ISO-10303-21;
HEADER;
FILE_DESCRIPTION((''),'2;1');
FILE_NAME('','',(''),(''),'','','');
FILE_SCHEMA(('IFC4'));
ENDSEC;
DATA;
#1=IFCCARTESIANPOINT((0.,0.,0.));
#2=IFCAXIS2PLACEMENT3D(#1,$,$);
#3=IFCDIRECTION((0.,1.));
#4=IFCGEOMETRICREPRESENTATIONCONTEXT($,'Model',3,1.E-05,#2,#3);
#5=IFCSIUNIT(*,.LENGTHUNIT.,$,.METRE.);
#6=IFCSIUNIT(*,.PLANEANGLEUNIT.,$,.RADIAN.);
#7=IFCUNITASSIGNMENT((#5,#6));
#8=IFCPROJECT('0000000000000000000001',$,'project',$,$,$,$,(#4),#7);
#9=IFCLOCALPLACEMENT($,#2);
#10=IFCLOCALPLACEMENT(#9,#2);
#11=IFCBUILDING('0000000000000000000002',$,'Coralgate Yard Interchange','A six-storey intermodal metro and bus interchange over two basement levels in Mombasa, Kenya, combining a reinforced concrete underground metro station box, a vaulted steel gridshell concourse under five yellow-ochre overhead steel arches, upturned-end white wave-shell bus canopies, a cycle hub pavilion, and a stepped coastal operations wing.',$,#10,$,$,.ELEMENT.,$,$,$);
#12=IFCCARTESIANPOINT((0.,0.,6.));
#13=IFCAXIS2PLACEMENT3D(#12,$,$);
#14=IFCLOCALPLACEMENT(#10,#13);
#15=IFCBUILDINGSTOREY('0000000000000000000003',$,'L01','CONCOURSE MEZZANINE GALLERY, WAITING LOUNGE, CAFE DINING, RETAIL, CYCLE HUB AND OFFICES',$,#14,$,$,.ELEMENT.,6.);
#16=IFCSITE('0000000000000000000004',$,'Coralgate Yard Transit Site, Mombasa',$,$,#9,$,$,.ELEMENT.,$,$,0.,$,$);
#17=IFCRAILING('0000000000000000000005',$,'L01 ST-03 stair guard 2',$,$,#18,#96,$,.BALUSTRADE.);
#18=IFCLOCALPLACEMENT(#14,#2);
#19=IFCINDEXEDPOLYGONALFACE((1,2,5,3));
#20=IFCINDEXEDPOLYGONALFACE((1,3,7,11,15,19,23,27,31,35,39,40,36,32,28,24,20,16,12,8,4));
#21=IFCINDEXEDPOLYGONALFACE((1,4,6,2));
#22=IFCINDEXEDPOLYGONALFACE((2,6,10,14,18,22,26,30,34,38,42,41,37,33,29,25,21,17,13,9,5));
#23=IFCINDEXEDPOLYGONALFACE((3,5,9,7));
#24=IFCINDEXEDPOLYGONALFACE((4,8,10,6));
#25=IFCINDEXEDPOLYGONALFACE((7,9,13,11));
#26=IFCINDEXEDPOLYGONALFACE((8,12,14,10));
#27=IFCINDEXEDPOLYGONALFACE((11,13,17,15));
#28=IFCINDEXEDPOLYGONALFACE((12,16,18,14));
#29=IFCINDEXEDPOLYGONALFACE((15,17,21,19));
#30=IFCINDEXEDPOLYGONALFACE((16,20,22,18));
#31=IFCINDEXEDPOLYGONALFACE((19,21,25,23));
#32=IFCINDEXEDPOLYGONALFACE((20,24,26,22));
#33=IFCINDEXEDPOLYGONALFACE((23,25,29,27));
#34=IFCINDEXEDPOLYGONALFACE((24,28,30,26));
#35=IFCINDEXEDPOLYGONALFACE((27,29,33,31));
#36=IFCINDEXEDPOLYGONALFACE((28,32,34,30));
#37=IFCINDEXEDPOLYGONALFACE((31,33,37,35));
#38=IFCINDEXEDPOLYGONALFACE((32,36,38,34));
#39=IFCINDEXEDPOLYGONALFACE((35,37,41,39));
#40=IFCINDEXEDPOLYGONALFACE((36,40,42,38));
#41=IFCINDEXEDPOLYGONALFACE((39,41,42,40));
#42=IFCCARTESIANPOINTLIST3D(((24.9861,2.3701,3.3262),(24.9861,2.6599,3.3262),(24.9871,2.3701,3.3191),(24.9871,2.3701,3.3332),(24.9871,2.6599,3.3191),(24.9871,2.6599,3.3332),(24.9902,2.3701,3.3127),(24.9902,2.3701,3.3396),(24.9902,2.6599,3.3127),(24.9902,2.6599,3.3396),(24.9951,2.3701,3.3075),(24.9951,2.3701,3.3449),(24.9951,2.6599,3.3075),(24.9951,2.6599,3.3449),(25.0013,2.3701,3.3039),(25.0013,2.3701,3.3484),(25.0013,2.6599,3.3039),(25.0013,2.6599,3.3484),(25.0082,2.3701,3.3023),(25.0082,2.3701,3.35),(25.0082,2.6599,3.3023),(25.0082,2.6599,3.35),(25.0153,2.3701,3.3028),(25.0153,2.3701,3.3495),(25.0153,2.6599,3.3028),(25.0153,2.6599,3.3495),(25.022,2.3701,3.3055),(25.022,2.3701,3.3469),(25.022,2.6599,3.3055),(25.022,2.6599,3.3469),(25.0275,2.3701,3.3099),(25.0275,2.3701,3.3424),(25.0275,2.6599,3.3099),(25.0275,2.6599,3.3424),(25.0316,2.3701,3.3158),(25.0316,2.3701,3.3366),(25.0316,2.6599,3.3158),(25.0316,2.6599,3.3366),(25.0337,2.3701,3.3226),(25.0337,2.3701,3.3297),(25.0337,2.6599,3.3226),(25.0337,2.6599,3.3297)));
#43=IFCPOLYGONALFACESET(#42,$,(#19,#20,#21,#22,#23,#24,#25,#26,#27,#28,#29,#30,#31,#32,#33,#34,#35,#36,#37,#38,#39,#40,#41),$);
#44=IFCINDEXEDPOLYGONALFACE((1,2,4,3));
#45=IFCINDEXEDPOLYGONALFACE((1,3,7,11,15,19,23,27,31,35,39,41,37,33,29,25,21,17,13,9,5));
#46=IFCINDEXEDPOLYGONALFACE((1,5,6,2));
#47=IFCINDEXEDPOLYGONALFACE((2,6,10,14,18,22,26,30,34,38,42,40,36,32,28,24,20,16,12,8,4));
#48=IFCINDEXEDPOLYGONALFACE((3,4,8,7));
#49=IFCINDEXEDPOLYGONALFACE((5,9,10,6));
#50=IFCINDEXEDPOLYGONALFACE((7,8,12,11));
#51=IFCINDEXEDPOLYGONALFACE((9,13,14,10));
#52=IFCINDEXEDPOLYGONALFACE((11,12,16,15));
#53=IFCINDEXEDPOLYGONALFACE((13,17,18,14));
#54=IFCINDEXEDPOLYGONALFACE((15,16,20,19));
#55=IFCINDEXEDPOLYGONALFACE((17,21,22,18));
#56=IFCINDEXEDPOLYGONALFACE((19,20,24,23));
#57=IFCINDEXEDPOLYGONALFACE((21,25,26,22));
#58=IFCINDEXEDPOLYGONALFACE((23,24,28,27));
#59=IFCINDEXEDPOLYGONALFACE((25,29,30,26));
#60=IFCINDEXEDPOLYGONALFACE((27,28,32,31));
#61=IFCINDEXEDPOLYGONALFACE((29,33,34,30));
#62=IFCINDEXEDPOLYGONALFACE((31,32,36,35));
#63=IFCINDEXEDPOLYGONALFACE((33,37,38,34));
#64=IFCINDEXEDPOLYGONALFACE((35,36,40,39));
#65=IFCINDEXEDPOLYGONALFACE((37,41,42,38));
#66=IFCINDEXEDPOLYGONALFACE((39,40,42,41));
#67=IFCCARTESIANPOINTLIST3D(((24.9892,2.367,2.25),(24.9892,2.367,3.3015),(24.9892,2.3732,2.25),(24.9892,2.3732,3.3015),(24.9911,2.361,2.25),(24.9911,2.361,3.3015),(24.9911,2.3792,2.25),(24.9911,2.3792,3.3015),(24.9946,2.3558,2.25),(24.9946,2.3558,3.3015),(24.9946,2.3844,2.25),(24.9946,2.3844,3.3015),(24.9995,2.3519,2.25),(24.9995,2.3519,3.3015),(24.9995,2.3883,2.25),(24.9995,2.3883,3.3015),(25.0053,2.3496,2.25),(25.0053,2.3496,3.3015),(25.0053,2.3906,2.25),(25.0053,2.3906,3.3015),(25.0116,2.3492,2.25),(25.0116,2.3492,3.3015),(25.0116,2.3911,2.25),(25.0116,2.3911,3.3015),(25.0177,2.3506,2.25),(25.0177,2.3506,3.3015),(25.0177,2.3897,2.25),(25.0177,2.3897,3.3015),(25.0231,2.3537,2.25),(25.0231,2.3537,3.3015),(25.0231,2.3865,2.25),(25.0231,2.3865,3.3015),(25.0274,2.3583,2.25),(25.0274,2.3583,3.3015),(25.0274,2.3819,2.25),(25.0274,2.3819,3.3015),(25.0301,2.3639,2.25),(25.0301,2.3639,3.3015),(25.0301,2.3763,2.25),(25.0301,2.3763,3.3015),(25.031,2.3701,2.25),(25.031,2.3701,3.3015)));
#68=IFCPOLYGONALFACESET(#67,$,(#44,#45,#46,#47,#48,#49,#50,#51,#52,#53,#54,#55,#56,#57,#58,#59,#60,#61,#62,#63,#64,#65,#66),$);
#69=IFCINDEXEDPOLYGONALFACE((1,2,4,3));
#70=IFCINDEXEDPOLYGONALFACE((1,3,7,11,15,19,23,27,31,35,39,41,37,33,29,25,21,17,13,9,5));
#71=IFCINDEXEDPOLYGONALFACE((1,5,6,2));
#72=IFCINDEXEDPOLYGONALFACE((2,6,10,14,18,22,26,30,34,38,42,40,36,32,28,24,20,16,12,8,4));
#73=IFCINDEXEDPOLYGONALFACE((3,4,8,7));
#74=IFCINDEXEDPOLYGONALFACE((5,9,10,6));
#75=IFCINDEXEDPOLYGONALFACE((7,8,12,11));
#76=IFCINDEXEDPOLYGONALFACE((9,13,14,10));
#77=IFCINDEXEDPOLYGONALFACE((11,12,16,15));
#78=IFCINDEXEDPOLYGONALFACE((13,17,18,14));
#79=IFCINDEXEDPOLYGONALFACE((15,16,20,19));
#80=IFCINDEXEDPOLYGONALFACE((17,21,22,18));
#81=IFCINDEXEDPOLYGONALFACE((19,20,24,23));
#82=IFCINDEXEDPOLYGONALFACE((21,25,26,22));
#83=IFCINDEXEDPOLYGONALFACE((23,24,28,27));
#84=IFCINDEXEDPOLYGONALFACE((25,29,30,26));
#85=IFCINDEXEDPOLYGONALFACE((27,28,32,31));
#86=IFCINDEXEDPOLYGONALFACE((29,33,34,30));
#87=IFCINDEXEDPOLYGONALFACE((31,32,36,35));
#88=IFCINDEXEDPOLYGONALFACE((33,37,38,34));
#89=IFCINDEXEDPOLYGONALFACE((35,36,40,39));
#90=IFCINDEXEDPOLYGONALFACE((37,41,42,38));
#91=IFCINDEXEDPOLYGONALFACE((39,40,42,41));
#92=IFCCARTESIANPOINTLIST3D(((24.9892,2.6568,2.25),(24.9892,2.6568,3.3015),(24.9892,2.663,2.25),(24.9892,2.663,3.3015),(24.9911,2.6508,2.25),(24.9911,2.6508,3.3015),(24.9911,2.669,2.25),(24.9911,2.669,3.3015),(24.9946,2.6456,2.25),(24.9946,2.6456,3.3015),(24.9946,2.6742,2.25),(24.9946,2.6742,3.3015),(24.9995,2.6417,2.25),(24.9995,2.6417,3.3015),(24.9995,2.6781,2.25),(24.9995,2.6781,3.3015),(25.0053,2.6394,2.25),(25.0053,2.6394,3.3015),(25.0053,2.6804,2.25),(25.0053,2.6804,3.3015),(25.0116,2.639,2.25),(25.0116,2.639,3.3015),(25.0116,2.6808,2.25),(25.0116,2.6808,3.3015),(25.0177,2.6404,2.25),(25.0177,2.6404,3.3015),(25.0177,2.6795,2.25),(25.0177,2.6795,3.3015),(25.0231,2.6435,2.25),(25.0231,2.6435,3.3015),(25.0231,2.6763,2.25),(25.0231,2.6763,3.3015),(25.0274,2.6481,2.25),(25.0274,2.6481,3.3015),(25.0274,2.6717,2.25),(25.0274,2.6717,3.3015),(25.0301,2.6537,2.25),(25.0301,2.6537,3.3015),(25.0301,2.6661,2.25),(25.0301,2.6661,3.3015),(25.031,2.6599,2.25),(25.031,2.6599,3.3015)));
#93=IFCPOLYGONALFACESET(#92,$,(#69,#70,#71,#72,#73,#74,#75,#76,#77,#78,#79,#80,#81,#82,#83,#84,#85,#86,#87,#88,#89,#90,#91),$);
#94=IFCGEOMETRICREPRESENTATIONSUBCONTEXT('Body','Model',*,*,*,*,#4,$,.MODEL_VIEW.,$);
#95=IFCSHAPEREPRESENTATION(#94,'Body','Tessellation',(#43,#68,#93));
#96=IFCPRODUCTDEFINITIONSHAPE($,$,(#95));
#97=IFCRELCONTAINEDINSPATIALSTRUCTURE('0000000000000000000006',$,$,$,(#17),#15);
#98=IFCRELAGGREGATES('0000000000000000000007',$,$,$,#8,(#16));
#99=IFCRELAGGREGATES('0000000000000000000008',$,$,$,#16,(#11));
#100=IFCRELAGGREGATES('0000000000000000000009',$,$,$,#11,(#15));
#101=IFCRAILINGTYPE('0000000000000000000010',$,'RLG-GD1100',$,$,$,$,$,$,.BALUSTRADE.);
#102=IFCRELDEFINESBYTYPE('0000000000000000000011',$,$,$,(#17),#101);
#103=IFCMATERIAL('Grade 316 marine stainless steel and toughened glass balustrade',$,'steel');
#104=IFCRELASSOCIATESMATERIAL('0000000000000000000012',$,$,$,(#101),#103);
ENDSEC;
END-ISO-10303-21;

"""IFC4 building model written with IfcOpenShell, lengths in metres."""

from ifc_helpers import new_model, si_unit, direction, frame, origin, origin_2d, place, context, subcontext, project, spatial, circle, extrude, material, type_object, element, save


model = new_model("IFC4")

# Units and contexts
model_context = context("Model", 3, precision=1e-05, world=origin(), true_north=direction((0.0, 1.0)))
body_context = subcontext(model_context, "Body", "Model", "MODEL_VIEW")
ifc_project = project(units=[si_unit("LENGTHUNIT", "METRE"), si_unit("PLANEANGLEUNIT", "RADIAN")], contexts=[model_context])

# Site, building, storey
site_placement = place(None, origin())
site = spatial("IfcSite", under=ifc_project, at=site_placement, Name="Coralgate Yard Transit Site, Mombasa", CompositionType="ELEMENT", RefElevation=0.0)
building_placement = place(site_placement, origin())
building = spatial("IfcBuilding", under=site, at=building_placement, Name="Coralgate Yard Interchange", Description="A six-storey intermodal metro and bus interchange over two basement levels in Mombasa, Kenya, combining a reinforced concrete underground metro station box, a vaulted steel gridshell concourse under five yellow-ochre overhead steel arches, upturned-end white wave-shell bus canopies, a cycle hub pavilion, and a stepped coastal operations wing.", CompositionType="ELEMENT")
storey_placement = place(building_placement, frame((0.0, 0.0, 6.0)))
storey = spatial("IfcBuildingStorey", under=building, at=storey_placement, Name="L01", Description="CONCOURSE MEZZANINE GALLERY, WAITING LOUNGE, CAFE DINING, RETAIL, CYCLE HUB AND OFFICES", CompositionType="ELEMENT", Elevation=6.0)

# Railing
ifc_material_1 = material(Name="Grade 316 marine stainless steel and toughened glass balustrade", Category="steel")
railing_type_1 = type_object("IfcRailingType", Name="RLG-GD1100", PredefinedType="BALUSTRADE", material=ifc_material_1)
railing_1_placement = place(storey_placement, frame((25.01, 2.3701, 2.25)))
element("IfcRailing", 1, at=railing_1_placement, inside=storey, type_object=railing_type_1, Name="L01 ST-03 stair guard 2", PredefinedType="BALUSTRADE", context=body_context, shape_type="SweptSolid", body=[
    extrude(circle(Radius=0.0239, at=origin_2d()), frame((0.0, 0.0, 1.0762), z_axis=(0.0, 1.0, 0.0), x_axis=(-1.0, 0.0, 0.0)), (0.0, 0.0, 1.0), 0.2898),
    extrude(circle(Radius=0.021, at=origin_2d()), origin(), (0.0, 0.0, 1.0), 1.0515),
    extrude(circle(Radius=0.021, at=origin_2d()), frame((0.0, 0.2898, 0.0)), (0.0, 0.0, 1.0), 1.0515),
])

save(model, "model.ifc")
